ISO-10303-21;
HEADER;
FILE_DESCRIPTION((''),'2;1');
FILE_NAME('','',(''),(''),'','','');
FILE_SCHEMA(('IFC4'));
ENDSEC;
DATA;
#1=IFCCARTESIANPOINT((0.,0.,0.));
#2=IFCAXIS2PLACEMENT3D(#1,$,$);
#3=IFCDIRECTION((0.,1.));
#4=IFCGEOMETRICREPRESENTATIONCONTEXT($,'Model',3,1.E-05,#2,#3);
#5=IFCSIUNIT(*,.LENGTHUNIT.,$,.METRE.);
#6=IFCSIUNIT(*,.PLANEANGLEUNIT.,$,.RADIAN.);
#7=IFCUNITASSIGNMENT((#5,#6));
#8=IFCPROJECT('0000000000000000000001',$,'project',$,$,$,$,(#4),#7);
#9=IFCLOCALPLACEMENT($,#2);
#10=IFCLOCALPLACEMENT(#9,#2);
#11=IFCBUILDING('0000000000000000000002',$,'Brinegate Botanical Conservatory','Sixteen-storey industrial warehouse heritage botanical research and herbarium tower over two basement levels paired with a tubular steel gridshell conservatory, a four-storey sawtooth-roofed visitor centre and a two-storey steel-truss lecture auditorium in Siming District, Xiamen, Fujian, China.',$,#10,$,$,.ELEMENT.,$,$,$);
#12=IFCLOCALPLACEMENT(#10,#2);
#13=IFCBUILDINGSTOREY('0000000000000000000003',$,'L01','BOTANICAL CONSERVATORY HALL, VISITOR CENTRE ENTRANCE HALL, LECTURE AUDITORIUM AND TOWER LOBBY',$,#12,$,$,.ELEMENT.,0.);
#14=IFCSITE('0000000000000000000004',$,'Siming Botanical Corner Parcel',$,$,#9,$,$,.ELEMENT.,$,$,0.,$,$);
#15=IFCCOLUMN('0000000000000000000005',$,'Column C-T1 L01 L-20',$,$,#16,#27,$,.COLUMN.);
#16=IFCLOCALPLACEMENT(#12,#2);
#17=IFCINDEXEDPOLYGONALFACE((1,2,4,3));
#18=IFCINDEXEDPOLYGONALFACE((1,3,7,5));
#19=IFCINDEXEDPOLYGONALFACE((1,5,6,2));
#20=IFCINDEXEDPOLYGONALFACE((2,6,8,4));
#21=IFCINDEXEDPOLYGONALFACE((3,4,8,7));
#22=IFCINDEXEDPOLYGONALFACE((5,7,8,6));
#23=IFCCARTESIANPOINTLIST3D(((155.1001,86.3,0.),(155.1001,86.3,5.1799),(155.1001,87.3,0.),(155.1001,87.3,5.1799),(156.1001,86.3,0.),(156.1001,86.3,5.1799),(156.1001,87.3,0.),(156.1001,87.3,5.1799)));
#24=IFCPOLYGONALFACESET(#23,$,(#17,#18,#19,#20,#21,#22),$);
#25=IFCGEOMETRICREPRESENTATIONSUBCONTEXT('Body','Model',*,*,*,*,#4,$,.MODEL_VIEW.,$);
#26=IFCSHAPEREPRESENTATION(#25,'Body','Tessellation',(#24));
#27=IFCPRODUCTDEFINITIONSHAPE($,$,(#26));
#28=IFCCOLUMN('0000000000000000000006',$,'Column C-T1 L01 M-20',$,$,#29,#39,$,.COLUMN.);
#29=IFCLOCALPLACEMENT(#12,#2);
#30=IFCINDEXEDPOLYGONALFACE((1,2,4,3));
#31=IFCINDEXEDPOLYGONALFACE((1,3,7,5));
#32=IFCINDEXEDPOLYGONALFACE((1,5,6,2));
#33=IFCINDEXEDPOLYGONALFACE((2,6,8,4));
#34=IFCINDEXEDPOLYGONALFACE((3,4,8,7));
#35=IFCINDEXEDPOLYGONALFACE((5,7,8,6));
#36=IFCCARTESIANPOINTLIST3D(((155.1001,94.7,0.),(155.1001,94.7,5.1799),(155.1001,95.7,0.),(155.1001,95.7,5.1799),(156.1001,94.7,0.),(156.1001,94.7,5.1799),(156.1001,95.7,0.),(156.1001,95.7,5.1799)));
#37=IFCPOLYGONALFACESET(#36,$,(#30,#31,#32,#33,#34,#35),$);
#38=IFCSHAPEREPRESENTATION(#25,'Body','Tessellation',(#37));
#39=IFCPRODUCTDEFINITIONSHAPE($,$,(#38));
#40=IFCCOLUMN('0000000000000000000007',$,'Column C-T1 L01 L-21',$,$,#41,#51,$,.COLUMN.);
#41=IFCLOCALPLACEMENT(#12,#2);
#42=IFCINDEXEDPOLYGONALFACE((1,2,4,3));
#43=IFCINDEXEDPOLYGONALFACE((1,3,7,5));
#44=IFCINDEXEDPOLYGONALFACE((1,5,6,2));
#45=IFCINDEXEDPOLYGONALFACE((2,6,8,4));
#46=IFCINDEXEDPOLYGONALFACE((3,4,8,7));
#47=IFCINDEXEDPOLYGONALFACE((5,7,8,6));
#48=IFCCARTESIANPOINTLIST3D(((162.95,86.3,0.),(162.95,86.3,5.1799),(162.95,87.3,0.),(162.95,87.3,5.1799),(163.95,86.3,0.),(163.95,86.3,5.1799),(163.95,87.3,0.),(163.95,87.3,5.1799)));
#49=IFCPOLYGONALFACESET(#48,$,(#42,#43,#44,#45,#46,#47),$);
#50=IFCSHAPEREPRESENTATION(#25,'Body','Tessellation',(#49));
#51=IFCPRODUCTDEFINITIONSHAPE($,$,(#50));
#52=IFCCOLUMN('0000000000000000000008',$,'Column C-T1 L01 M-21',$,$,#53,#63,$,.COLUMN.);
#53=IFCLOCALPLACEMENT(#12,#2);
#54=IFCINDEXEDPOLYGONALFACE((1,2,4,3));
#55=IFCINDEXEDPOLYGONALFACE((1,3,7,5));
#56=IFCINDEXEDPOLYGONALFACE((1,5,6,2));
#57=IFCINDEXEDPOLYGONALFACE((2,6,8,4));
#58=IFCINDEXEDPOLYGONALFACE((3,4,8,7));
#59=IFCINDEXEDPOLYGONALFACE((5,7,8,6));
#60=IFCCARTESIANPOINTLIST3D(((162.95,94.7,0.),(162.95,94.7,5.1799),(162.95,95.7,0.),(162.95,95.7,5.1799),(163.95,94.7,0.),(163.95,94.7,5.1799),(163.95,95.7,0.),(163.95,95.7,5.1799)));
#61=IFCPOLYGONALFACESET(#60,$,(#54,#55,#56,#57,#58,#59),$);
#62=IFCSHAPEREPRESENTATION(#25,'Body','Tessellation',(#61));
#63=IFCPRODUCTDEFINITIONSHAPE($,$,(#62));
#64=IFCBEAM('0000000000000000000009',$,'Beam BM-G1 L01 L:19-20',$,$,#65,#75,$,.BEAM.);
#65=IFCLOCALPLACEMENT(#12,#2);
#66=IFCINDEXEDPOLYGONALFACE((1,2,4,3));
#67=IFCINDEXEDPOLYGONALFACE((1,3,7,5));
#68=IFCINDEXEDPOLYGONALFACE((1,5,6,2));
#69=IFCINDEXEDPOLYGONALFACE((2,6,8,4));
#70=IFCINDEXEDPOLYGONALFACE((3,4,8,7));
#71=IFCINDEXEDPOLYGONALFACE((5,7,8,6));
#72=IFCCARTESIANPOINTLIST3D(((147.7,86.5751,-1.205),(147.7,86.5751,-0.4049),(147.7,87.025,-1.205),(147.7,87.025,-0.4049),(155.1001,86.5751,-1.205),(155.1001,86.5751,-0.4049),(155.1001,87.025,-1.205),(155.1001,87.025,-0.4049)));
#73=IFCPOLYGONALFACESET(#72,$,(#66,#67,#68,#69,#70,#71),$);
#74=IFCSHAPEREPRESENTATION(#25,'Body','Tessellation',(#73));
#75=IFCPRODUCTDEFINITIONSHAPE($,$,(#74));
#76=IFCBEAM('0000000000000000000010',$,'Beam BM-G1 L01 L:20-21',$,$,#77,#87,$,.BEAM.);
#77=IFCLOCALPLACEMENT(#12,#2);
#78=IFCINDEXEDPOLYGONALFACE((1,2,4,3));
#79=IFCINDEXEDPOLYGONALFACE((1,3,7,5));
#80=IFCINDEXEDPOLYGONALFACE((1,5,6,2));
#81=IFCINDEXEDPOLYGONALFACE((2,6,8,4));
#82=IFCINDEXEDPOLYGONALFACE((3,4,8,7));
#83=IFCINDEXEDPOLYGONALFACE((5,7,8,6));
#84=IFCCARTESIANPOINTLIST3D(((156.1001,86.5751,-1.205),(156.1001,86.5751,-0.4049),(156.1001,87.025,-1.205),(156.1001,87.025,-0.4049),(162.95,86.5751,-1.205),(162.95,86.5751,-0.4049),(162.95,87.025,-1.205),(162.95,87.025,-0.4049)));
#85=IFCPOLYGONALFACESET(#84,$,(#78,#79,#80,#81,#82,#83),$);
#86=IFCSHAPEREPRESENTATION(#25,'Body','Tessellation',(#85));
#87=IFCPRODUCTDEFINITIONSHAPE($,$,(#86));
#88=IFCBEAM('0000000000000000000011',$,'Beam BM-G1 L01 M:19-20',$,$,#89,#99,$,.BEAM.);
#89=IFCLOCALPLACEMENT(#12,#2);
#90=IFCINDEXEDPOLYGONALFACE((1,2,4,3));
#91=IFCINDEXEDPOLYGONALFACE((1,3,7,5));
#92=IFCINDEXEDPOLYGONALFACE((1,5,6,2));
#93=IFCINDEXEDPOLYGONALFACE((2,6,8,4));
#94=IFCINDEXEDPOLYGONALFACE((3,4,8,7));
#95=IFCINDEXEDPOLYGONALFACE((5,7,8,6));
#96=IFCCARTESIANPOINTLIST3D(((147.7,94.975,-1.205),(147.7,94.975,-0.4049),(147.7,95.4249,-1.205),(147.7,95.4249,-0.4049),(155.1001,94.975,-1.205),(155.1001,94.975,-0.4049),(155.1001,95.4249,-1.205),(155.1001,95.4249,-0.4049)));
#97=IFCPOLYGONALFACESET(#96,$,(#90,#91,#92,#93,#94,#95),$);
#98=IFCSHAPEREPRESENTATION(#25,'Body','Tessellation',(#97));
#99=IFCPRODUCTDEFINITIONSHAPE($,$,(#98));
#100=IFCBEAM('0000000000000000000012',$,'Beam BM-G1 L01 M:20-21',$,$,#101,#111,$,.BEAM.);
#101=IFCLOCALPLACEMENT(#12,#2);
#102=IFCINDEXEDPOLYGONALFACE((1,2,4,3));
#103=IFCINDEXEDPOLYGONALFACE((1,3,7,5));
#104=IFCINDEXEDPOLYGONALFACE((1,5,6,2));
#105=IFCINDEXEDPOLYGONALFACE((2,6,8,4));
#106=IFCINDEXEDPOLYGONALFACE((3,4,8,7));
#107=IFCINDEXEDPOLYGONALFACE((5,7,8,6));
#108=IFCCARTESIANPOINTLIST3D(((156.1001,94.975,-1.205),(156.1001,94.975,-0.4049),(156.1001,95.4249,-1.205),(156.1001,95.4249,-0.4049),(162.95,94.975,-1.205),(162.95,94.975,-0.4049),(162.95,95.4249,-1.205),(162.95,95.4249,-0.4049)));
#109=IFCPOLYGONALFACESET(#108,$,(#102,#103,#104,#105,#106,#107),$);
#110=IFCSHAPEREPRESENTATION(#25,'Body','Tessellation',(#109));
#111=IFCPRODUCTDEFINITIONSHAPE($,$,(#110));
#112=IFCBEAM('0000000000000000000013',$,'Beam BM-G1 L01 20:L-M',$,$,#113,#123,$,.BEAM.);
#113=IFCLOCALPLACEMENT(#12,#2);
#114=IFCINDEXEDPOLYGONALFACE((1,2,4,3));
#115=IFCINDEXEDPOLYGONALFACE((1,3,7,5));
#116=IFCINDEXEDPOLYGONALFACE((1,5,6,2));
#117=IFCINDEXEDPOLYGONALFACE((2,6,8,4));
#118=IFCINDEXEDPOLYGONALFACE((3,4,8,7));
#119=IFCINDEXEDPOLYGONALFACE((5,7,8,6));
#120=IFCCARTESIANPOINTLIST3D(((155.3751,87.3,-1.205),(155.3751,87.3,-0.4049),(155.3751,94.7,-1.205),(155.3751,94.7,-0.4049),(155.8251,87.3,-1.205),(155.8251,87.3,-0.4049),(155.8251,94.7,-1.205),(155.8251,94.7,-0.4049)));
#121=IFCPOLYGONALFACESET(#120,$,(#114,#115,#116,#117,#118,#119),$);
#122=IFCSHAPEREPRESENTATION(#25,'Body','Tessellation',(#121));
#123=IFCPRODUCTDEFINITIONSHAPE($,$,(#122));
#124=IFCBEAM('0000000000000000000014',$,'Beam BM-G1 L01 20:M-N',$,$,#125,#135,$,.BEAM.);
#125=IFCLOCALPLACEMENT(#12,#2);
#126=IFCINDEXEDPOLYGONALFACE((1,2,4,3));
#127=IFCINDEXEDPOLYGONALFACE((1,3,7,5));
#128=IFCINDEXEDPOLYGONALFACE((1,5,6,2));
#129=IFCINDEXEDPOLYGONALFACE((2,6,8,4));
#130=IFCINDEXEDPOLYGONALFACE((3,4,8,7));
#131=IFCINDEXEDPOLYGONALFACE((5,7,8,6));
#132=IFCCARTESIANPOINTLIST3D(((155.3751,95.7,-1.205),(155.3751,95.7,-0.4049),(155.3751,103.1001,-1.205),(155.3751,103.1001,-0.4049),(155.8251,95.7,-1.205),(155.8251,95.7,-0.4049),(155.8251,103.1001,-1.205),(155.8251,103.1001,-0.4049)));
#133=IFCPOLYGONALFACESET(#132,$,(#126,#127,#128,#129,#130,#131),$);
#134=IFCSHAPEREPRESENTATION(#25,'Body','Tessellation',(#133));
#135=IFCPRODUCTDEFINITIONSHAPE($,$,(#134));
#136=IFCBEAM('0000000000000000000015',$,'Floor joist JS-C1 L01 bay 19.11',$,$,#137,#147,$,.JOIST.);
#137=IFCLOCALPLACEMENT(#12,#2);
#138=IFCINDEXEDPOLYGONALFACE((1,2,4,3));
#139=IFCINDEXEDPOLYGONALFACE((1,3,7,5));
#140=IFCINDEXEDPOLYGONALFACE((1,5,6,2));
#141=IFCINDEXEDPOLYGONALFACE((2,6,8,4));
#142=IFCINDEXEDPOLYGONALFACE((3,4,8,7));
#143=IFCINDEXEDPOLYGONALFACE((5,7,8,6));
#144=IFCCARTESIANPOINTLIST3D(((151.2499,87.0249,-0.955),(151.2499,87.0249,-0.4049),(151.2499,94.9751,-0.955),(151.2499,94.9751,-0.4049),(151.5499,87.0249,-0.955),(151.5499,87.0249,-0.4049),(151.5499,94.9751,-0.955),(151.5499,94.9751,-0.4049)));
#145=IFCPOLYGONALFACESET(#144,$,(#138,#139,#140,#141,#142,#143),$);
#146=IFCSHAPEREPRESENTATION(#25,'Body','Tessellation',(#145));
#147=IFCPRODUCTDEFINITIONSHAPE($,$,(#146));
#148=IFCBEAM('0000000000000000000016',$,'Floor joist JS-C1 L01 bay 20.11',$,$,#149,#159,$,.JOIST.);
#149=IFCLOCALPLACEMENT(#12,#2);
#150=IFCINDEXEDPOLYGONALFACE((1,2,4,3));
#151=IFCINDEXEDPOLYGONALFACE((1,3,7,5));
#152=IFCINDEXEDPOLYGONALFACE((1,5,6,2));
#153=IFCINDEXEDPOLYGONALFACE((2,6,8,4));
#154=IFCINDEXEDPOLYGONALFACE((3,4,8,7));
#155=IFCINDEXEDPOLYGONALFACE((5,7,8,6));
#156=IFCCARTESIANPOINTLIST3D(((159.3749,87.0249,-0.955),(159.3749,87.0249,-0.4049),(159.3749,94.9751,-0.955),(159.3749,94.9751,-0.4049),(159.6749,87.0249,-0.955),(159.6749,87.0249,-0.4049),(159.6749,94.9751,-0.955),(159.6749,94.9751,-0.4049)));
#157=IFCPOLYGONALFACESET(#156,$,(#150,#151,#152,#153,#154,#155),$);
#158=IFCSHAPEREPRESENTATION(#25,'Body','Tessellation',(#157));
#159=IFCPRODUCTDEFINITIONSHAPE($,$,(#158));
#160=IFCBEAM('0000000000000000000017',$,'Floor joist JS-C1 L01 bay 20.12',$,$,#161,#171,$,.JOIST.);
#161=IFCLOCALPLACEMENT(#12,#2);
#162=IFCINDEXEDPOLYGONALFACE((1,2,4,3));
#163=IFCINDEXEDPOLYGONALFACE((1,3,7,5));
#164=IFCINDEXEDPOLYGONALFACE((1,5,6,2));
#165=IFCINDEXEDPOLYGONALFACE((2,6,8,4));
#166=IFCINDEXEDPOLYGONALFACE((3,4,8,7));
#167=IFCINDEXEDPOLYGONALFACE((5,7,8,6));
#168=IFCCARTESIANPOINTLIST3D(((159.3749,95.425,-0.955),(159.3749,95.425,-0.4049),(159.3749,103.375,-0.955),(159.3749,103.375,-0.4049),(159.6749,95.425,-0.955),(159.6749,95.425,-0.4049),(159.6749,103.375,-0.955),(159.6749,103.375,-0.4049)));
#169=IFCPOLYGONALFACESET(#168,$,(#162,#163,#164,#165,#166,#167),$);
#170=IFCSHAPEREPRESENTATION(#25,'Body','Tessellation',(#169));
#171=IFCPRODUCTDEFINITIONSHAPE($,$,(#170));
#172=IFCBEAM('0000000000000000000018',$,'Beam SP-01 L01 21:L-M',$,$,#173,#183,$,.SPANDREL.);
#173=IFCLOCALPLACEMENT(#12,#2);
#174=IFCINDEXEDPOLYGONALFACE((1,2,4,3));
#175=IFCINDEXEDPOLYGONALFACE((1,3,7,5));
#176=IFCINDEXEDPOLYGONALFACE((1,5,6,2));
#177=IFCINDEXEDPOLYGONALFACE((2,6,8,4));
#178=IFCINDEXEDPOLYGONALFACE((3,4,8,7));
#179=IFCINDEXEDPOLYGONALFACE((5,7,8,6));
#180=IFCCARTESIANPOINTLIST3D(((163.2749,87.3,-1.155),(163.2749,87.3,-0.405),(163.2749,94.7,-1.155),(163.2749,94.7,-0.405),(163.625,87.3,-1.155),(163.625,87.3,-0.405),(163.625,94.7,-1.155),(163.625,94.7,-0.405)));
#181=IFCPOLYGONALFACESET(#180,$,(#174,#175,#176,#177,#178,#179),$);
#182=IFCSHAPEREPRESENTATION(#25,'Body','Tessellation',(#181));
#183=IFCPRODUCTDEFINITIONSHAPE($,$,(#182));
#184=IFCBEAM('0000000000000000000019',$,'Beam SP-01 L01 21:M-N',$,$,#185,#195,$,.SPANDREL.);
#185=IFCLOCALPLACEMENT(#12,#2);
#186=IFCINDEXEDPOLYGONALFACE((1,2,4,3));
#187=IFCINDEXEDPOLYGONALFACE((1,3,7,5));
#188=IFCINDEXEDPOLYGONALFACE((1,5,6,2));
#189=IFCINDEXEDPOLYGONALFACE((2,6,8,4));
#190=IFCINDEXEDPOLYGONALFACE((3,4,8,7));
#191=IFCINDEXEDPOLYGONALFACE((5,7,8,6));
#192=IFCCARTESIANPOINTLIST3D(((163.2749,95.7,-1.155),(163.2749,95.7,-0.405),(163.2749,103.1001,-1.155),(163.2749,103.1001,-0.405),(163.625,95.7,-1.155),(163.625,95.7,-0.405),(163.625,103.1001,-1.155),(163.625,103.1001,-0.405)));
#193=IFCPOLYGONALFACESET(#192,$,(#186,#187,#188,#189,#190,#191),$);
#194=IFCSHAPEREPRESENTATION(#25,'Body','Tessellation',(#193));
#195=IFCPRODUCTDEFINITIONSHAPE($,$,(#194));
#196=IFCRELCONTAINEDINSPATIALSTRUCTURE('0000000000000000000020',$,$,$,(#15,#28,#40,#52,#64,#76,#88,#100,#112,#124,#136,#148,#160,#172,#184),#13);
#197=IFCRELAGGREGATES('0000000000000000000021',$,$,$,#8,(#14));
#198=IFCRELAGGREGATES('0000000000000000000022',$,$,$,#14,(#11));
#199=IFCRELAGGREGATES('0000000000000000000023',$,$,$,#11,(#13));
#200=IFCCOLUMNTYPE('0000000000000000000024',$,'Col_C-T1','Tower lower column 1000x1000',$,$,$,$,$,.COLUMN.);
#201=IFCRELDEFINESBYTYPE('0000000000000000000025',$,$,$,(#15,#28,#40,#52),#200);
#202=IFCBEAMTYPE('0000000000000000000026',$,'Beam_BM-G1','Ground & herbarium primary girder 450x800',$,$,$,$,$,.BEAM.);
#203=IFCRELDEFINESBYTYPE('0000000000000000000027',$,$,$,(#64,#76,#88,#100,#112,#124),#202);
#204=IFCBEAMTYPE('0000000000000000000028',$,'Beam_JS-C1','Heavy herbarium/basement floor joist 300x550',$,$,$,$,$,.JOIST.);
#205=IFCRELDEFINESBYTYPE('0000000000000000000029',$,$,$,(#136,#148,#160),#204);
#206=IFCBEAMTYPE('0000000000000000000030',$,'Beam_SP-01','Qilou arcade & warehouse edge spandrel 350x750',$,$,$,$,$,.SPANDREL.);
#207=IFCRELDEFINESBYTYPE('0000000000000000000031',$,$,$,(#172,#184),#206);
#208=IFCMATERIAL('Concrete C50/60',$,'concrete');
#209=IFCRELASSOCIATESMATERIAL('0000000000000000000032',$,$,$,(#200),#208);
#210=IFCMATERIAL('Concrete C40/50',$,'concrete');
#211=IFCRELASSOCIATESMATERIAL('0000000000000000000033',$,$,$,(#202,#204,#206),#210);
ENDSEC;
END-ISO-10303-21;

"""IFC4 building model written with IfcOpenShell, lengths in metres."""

from ifc_helpers import new_model, si_unit, direction, frame, origin, origin_2d, place, context, subcontext, project, spatial, rectangle, extrude, material, material_profile, profile_set, type_object, element, save


model = new_model("IFC4")

# Units and contexts
model_context = context("Model", 3, precision=1e-05, world=origin(), true_north=direction((0.0, 1.0)))
body_context = subcontext(model_context, "Body", "Model", "MODEL_VIEW")
ifc_project = project(units=[si_unit("LENGTHUNIT", "METRE"), si_unit("PLANEANGLEUNIT", "RADIAN")], contexts=[model_context])

# Site, building, storey
site_placement = place(None, origin())
site = spatial("IfcSite", under=ifc_project, at=site_placement, Name="Siming Botanical Corner Parcel", CompositionType="ELEMENT", RefElevation=0.0)
building_placement = place(site_placement, origin())
building = spatial("IfcBuilding", under=site, at=building_placement, Name="Brinegate Botanical Conservatory", Description="Sixteen-storey industrial warehouse heritage botanical research and herbarium tower over two basement levels paired with a tubular steel gridshell conservatory, a four-storey sawtooth-roofed visitor centre and a two-storey steel-truss lecture auditorium in Siming District, Xiamen, Fujian, China.", CompositionType="ELEMENT")
storey_placement = place(building_placement, origin())
storey = spatial("IfcBuildingStorey", under=building, at=storey_placement, Name="L01", Description="BOTANICAL CONSERVATORY HALL, VISITOR CENTRE ENTRANCE HALL, LECTURE AUDITORIUM AND TOWER LOBBY", CompositionType="ELEMENT", Elevation=0.0)

# Columns
ifc_material_1 = material(Name="Concrete C50/60", Category="concrete")
ifc_material_profile_1 = material_profile(ifc_material_1, rectangle(XDim=1.0, YDim=1.0, at=origin_2d()), Name="RC COL 1000x1000")
ifc_profile_set_1 = profile_set([ifc_material_profile_1], Name="Concrete C50/60")
column_type = type_object("IfcColumnType", Name="Col_C-T1", Description="Tower lower column 1000x1000", PredefinedType="COLUMN", material=ifc_profile_set_1)
for number, where, z_axis, x_axis, name in (
    (1, (155.6001, 86.8, 0.0), (0.0, 0.0, 1.0), (1.0, 0.0, 0.0), "Column C-T1 L01 L-20"),
    (2, (155.6001, 95.2, 0.0), (0.0, 0.0, 1.0), (1.0, 0.0, 0.0), "Column C-T1 L01 M-20"),
    (3, (163.45, 86.8, 0.0), (0.0, 0.0, 1.0), (1.0, 0.0, 0.0), "Column C-T1 L01 L-21"),
    (4, (163.45, 95.2, 0.0), (0.0, 0.0, 1.0), (1.0, 0.0, 0.0), "Column C-T1 L01 M-21"),
):
    element("IfcColumn", number, at=place(storey_placement, frame(where, z_axis=z_axis, x_axis=x_axis)), inside=storey, type_object=column_type, Name=name, PredefinedType="COLUMN", context=body_context, shape_type="SweptSolid", body=[
        extrude(rectangle(XDim=1.0, YDim=1.0, at=origin_2d()), origin(), (0.0, 0.0, 1.0), 5.1799),
    ])

# Beams
ifc_material_2 = material(Name="Concrete C40/50", Category="concrete")
ifc_material_profile_2 = material_profile(ifc_material_2, rectangle(XDim=0.45, YDim=0.8, at=origin_2d()), Name="RC BM 450x800")
ifc_profile_set_2 = profile_set([ifc_material_profile_2], Name="Concrete C40/50")
beam_type_1 = type_object("IfcBeamType", Name="Beam_BM-G1", Description="Ground & herbarium primary girder 450x800", PredefinedType="BEAM", material=ifc_profile_set_2)
beam_1_placement = place(storey_placement, frame((147.7, 86.8, -0.8049), z_axis=(1.0, 0.0, 0.0), x_axis=(0.0, 1.0, 0.0)))
element("IfcBeam", 5, at=beam_1_placement, inside=storey, type_object=beam_type_1, Name="Beam BM-G1 L01 L:19-20", PredefinedType="BEAM", context=body_context, shape_type="SweptSolid", body=[
    extrude(rectangle(XDim=0.45, YDim=0.8, at=origin_2d()), origin(), (0.0, 0.0, 1.0), 7.4001),
])
beam_2_placement = place(storey_placement, frame((156.1001, 86.8, -0.8049), z_axis=(1.0, 0.0, 0.0), x_axis=(0.0, 1.0, 0.0)))
element("IfcBeam", 6, at=beam_2_placement, inside=storey, type_object=beam_type_1, Name="Beam BM-G1 L01 L:20-21", PredefinedType="BEAM", context=body_context, shape_type="SweptSolid", body=[
    extrude(rectangle(XDim=0.45, YDim=0.8, at=origin_2d()), origin(), (0.0, 0.0, 1.0), 6.8499),
])
beam_3_placement = place(storey_placement, frame((147.7, 95.2, -0.8049), z_axis=(1.0, 0.0, 0.0), x_axis=(0.0, 1.0, 0.0)))
element("IfcBeam", 7, at=beam_3_placement, inside=storey, type_object=beam_type_1, Name="Beam BM-G1 L01 M:19-20", PredefinedType="BEAM", context=body_context, shape_type="SweptSolid", body=[
    extrude(rectangle(XDim=0.45, YDim=0.8, at=origin_2d()), origin(), (0.0, 0.0, 1.0), 7.4001),
])
beam_4_placement = place(storey_placement, frame((156.1001, 95.2, -0.8049), z_axis=(1.0, 0.0, 0.0), x_axis=(0.0, 1.0, 0.0)))
element("IfcBeam", 8, at=beam_4_placement, inside=storey, type_object=beam_type_1, Name="Beam BM-G1 L01 M:20-21", PredefinedType="BEAM", context=body_context, shape_type="SweptSolid", body=[
    extrude(rectangle(XDim=0.45, YDim=0.8, at=origin_2d()), origin(), (0.0, 0.0, 1.0), 6.8499),
])
beam_5_placement = place(storey_placement, frame((155.6001, 87.3, -0.8049), z_axis=(0.0, 1.0, 0.0), x_axis=(-1.0, 0.0, 0.0)))
element("IfcBeam", 9, at=beam_5_placement, inside=storey, type_object=beam_type_1, Name="Beam BM-G1 L01 20:L-M", PredefinedType="BEAM", context=body_context, shape_type="SweptSolid", body=[
    extrude(rectangle(XDim=0.45, YDim=0.8, at=origin_2d()), origin(), (0.0, 0.0, 1.0), 7.3999),
])
beam_6_placement = place(storey_placement, frame((155.6001, 95.7, -0.8049), z_axis=(0.0, 1.0, 0.0), x_axis=(-1.0, 0.0, 0.0)))
element("IfcBeam", 10, at=beam_6_placement, inside=storey, type_object=beam_type_1, Name="Beam BM-G1 L01 20:M-N", PredefinedType="BEAM", context=body_context, shape_type="SweptSolid", body=[
    extrude(rectangle(XDim=0.45, YDim=0.8, at=origin_2d()), origin(), (0.0, 0.0, 1.0), 7.4001),
])
ifc_material_profile_3 = material_profile(ifc_material_2, rectangle(XDim=0.3, YDim=0.55, at=origin_2d()), Name="RC JST 300x550")
ifc_profile_set_3 = profile_set([ifc_material_profile_3], Name="Concrete C40/50")
beam_type_2 = type_object("IfcBeamType", Name="Beam_JS-C1", Description="Heavy herbarium/basement floor joist 300x550", PredefinedType="JOIST", material=ifc_profile_set_3)
for number, where, z_axis, x_axis, name in (
    (11, (151.3999, 87.0249, -0.6799), (0.0, 1.0, 0.0), (-1.0, 0.0, 0.0), "Floor joist JS-C1 L01 bay 19.11"),
    (12, (159.5249, 87.0249, -0.6799), (0.0, 1.0, 0.0), (-1.0, 0.0, 0.0), "Floor joist JS-C1 L01 bay 20.11"),
):
    element("IfcBeam", number, at=place(storey_placement, frame(where, z_axis=z_axis, x_axis=x_axis)), inside=storey, type_object=beam_type_2, Name=name, PredefinedType="JOIST", context=body_context, shape_type="SweptSolid", body=[
        extrude(rectangle(XDim=0.3, YDim=0.55, at=origin_2d()), origin(), (0.0, 0.0, 1.0), 7.9502),
    ])
beam_7_placement = place(storey_placement, frame((159.5249, 95.425, -0.6799), z_axis=(0.0, 1.0, 0.0), x_axis=(-1.0, 0.0, 0.0)))
element("IfcBeam", 13, at=beam_7_placement, inside=storey, type_object=beam_type_2, Name="Floor joist JS-C1 L01 bay 20.12", PredefinedType="JOIST", context=body_context, shape_type="SweptSolid", body=[
    extrude(rectangle(XDim=0.3, YDim=0.55, at=origin_2d()), origin(), (0.0, 0.0, 1.0), 7.95),
])
ifc_material_profile_4 = material_profile(ifc_material_2, rectangle(XDim=0.3501, YDim=0.75, at=origin_2d()), Name="RC SPN 350x750")
ifc_profile_set_4 = profile_set([ifc_material_profile_4], Name="Concrete C40/50")
beam_type_3 = type_object("IfcBeamType", Name="Beam_SP-01", Description="Qilou arcade & warehouse edge spandrel 350x750", PredefinedType="SPANDREL", material=ifc_profile_set_4)
beam_8_placement = place(storey_placement, frame((163.45, 87.3, -0.78), z_axis=(0.0, 1.0, 0.0), x_axis=(-1.0, 0.0, 0.0)))
element("IfcBeam", 14, at=beam_8_placement, inside=storey, type_object=beam_type_3, Name="Beam SP-01 L01 21:L-M", PredefinedType="SPANDREL", context=body_context, shape_type="SweptSolid", body=[
    extrude(rectangle(XDim=0.3501, YDim=0.75, at=origin_2d()), origin(), (0.0, 0.0, 1.0), 7.3999),
])
beam_9_placement = place(storey_placement, frame((163.45, 95.7, -0.78), z_axis=(0.0, 1.0, 0.0), x_axis=(-1.0, 0.0, 0.0)))
element("IfcBeam", 15, at=beam_9_placement, inside=storey, type_object=beam_type_3, Name="Beam SP-01 L01 21:M-N", PredefinedType="SPANDREL", context=body_context, shape_type="SweptSolid", body=[
    extrude(rectangle(XDim=0.3501, YDim=0.75, at=origin_2d()), origin(), (0.0, 0.0, 1.0), 7.4001),
])

save(model, "model.ifc")
